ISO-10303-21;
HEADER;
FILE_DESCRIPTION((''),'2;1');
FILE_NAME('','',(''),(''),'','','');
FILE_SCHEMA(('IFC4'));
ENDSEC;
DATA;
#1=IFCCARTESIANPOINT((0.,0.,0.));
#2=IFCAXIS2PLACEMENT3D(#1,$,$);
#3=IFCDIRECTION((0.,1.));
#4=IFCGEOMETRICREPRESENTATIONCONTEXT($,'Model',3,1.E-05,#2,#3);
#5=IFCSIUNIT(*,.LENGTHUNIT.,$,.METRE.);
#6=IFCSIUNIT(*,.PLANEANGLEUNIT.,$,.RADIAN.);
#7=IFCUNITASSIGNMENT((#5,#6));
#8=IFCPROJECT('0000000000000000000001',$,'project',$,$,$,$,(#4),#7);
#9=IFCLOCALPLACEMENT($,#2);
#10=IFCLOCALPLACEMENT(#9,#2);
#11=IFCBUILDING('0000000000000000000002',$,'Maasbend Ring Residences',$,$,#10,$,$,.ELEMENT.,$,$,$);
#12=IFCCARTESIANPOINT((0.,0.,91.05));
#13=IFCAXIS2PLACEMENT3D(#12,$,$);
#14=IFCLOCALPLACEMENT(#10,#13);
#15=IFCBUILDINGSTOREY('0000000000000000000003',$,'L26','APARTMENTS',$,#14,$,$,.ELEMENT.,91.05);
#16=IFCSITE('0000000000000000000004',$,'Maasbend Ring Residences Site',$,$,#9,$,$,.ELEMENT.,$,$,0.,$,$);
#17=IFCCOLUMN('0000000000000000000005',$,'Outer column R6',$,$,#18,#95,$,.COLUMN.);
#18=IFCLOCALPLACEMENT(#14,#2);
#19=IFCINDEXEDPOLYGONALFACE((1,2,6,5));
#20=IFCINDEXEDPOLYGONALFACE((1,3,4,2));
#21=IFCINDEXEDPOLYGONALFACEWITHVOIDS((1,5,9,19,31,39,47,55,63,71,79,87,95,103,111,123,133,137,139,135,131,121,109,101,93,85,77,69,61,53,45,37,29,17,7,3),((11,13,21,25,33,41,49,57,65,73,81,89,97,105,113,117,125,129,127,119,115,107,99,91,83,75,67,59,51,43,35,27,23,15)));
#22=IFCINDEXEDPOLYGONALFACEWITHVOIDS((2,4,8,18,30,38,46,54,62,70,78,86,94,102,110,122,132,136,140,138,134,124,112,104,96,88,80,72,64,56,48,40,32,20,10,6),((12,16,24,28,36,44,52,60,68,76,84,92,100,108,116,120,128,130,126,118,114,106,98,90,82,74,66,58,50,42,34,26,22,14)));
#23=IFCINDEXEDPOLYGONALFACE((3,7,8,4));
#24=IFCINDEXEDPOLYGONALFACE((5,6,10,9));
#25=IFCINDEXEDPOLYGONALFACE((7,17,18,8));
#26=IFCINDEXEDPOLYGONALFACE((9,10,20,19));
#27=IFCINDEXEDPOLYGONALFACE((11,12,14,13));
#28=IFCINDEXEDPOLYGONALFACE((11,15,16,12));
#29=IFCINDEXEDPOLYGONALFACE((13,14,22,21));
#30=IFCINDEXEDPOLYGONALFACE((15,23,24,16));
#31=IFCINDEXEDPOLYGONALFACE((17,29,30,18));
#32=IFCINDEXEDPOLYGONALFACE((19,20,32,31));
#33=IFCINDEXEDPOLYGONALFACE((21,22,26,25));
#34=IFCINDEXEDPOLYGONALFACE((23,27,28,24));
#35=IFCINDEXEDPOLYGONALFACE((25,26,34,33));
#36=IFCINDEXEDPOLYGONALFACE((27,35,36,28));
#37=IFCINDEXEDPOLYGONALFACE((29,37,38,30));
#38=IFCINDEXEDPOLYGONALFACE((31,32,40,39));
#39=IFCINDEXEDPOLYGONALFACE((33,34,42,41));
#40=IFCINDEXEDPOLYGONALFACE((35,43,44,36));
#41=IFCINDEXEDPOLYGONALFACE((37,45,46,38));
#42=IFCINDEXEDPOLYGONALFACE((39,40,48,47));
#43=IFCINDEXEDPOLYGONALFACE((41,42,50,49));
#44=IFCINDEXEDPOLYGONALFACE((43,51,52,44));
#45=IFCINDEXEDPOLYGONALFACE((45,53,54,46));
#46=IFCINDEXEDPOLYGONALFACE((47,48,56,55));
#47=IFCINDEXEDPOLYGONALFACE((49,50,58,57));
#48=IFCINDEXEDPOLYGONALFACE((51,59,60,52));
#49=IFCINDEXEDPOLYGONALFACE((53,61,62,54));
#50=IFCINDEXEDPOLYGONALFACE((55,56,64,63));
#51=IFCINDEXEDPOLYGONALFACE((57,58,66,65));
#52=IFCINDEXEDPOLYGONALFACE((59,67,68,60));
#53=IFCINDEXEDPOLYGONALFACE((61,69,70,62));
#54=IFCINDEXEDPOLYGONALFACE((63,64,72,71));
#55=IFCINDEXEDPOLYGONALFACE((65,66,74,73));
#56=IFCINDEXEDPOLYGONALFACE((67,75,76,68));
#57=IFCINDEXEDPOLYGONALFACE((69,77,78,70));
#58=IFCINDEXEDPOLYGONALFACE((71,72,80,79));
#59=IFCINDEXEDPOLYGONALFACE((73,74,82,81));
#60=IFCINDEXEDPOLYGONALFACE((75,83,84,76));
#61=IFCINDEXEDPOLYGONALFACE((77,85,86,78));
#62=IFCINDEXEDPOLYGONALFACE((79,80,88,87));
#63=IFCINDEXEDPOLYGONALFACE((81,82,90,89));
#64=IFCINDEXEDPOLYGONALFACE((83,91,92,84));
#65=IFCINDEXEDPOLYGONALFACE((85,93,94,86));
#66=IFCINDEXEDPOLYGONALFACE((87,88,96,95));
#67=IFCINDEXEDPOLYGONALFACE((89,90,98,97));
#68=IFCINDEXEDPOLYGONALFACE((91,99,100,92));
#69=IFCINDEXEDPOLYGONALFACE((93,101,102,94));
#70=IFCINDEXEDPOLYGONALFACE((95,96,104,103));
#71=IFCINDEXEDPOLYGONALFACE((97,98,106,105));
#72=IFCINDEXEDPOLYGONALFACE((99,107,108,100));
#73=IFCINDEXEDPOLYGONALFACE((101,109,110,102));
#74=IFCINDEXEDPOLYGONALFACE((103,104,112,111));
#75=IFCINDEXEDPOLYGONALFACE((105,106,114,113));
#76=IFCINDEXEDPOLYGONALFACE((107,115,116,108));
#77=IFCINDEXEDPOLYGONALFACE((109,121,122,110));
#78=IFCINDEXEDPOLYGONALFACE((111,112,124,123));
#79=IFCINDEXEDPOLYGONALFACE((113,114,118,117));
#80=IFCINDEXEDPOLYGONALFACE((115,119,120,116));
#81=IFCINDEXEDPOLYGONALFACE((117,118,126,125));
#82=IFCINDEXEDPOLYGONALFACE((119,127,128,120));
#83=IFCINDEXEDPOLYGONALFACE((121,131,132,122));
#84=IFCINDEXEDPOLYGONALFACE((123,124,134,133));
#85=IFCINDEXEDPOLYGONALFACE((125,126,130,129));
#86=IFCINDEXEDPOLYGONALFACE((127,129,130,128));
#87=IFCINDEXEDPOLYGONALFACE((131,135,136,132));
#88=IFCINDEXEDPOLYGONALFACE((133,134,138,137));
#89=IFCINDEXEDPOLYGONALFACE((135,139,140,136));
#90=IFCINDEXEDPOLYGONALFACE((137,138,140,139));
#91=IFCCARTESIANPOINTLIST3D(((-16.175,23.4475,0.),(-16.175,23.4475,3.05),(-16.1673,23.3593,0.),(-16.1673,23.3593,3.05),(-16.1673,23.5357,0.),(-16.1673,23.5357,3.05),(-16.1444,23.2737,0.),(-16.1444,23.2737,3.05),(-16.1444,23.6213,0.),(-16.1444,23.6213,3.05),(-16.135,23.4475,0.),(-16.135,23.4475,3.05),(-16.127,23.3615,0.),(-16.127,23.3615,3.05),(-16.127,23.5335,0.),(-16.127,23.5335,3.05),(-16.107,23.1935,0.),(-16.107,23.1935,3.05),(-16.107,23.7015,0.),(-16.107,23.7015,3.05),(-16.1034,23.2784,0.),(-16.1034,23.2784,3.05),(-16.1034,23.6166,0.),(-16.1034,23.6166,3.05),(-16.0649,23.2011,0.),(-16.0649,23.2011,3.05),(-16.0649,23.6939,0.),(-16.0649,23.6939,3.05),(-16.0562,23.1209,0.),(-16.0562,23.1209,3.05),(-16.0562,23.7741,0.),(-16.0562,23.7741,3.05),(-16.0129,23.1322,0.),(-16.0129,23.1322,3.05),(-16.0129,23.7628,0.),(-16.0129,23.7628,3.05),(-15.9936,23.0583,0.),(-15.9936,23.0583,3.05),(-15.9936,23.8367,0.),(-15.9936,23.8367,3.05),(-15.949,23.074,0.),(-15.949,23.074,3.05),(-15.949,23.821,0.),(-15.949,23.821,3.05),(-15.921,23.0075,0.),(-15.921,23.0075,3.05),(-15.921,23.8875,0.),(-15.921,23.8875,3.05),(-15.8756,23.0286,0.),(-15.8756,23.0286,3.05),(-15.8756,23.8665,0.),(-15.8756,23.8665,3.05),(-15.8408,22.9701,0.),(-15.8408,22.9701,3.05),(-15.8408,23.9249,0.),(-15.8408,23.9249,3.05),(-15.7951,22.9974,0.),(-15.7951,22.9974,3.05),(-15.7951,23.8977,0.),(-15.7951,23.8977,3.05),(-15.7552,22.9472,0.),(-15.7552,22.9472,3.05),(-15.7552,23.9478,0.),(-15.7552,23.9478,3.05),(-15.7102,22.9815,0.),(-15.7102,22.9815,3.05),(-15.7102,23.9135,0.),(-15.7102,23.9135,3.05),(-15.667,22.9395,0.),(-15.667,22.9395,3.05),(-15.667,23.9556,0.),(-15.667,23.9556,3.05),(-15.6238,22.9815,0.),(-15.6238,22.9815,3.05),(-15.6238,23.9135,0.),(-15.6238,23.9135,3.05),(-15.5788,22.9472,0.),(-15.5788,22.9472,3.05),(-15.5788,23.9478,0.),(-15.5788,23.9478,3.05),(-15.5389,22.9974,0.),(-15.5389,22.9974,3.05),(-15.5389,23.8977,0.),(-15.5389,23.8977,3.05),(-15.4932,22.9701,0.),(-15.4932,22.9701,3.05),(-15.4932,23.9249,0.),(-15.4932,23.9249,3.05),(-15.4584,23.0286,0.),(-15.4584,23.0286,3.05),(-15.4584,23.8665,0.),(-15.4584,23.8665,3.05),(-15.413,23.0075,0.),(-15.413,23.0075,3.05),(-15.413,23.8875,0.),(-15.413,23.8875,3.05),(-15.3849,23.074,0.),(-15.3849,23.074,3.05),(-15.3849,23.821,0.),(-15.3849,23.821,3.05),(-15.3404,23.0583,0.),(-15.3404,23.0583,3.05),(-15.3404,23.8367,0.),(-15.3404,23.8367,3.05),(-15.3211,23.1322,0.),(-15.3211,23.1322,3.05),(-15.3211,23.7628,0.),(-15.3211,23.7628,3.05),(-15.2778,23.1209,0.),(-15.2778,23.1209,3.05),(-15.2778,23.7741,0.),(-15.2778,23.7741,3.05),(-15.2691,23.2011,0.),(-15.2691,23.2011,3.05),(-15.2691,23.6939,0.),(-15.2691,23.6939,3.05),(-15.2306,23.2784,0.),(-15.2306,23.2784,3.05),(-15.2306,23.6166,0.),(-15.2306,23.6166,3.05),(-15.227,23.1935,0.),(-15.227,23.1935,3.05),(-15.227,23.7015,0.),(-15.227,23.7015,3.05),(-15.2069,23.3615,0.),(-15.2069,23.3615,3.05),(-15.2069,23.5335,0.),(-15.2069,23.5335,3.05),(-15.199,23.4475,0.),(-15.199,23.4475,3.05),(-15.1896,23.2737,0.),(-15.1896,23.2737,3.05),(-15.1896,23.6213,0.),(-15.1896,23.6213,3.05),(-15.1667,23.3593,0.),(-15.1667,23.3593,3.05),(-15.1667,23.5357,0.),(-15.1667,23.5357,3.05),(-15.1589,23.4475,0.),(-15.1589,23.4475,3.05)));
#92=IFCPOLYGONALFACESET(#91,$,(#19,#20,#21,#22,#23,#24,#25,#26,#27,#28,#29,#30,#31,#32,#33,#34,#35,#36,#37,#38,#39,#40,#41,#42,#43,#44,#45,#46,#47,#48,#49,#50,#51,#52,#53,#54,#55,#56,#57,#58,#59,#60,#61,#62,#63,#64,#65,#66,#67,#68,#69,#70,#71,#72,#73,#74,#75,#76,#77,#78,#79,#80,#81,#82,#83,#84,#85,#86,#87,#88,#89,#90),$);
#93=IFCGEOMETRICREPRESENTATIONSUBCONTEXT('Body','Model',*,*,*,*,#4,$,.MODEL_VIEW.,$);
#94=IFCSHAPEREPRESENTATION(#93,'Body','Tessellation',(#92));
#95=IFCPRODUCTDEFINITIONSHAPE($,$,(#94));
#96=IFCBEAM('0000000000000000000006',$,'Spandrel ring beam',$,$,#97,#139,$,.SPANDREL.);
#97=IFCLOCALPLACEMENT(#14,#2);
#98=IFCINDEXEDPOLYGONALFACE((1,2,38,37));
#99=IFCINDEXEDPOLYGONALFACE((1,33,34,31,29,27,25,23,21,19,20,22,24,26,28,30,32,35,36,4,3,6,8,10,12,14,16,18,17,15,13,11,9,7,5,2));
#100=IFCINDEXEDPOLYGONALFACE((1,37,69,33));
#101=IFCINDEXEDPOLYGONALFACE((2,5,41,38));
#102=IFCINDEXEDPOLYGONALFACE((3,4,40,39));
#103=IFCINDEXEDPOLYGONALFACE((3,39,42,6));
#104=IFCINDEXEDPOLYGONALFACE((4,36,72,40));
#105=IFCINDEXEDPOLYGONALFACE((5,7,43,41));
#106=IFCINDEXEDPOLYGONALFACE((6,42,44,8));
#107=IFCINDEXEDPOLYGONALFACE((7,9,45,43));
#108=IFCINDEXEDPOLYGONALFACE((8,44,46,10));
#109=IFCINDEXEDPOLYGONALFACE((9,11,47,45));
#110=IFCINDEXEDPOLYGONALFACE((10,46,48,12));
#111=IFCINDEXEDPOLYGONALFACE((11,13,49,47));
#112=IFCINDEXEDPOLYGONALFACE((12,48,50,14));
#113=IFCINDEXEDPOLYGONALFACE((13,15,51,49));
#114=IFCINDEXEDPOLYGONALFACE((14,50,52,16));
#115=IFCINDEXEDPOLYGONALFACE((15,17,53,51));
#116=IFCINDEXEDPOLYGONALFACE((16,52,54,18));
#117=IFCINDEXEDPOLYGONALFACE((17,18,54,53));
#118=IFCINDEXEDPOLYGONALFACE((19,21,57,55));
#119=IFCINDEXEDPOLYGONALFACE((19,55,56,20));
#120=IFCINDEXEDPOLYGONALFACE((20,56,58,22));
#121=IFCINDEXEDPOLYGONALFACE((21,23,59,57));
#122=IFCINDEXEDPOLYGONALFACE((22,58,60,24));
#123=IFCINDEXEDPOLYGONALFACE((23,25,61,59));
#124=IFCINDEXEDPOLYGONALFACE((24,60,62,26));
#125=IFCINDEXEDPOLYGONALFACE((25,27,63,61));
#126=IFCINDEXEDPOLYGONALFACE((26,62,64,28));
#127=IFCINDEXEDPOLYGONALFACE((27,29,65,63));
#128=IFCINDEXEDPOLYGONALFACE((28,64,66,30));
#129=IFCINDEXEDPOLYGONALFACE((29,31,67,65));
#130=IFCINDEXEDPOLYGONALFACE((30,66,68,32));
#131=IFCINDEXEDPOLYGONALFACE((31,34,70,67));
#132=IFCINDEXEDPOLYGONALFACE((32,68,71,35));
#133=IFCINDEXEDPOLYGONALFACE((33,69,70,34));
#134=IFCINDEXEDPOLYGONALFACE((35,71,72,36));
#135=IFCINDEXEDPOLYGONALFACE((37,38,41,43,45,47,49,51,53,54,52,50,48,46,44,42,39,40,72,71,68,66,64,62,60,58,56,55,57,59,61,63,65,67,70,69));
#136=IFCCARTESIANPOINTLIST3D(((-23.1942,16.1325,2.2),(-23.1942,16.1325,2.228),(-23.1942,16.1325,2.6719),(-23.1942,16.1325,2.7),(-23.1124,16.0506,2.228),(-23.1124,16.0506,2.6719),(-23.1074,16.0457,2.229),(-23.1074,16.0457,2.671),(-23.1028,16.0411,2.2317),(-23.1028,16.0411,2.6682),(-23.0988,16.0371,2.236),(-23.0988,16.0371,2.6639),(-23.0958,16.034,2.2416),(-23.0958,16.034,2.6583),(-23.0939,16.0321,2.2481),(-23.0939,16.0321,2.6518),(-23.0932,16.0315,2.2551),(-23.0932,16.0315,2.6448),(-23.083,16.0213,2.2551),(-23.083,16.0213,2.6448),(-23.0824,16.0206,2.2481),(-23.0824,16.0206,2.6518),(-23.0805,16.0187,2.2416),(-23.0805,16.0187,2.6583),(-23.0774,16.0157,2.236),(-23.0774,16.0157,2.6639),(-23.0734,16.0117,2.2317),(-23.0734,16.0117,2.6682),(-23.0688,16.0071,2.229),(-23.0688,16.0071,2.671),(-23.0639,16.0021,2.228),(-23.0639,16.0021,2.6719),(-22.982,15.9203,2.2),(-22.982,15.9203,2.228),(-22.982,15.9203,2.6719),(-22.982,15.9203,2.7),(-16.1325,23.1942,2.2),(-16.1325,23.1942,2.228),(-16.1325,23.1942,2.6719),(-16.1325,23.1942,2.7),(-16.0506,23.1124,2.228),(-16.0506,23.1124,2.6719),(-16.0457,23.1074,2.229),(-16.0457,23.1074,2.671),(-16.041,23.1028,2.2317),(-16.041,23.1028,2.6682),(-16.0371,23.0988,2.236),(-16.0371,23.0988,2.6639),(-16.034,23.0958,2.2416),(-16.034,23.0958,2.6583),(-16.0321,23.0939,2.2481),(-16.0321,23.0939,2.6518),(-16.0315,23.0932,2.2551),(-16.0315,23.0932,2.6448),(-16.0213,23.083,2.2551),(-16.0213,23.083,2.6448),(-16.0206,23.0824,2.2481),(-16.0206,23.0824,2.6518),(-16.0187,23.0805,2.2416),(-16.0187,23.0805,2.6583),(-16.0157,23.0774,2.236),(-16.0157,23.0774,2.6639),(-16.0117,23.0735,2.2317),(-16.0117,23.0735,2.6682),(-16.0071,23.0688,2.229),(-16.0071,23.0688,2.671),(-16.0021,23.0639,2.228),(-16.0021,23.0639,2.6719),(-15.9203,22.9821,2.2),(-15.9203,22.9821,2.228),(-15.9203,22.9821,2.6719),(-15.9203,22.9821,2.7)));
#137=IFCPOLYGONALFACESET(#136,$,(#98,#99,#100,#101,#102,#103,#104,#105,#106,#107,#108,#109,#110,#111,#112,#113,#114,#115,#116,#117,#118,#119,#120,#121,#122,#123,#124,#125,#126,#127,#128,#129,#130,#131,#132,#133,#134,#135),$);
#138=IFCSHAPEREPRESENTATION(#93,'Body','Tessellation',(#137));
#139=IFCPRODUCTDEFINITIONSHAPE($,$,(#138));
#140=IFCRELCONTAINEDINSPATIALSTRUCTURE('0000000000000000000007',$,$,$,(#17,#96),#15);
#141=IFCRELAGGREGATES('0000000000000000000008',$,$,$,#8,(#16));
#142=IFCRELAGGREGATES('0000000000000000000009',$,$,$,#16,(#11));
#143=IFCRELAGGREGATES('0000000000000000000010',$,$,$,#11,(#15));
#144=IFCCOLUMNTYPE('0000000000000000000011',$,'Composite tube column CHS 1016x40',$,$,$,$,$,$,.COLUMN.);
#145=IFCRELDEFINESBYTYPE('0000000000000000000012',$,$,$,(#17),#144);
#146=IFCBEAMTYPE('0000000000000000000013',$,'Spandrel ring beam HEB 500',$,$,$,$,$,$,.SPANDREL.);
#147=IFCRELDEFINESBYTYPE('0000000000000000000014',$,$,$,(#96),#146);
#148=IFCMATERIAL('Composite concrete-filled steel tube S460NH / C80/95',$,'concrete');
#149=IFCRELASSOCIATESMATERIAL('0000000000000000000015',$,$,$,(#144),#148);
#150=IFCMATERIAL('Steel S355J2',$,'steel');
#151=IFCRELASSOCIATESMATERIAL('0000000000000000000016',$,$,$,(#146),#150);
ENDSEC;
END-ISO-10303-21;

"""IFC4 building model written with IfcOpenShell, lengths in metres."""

from ifc_helpers import new_model, si_unit, direction, frame, origin, origin_2d, place, context, subcontext, project, spatial, hollow_circle, i_section, extrude, material, material_profile, profile_set, type_object, element, save


model = new_model("IFC4")

# Units and contexts
model_context = context("Model", 3, precision=1e-05, world=origin(), true_north=direction((0.0, 1.0)))
body_context = subcontext(model_context, "Body", "Model", "MODEL_VIEW")
ifc_project = project(units=[si_unit("LENGTHUNIT", "METRE"), si_unit("PLANEANGLEUNIT", "RADIAN")], contexts=[model_context])

# Site, building, storey
site_placement = place(None, origin())
site = spatial("IfcSite", under=ifc_project, at=site_placement, Name="Maasbend Ring Residences Site", CompositionType="ELEMENT", RefElevation=0.0)
building_placement = place(site_placement, origin())
building = spatial("IfcBuilding", under=site, at=building_placement, Name="Maasbend Ring Residences", CompositionType="ELEMENT")
storey_placement = place(building_placement, frame((0.0, 0.0, 91.05)))
storey = spatial("IfcBuildingStorey", under=building, at=storey_placement, Name="L26", Description="APARTMENTS", CompositionType="ELEMENT", Elevation=91.05)

# Column
ifc_material_1 = material(Name="Composite concrete-filled steel tube S460NH / C80/95", Category="concrete")
ifc_material_profile_1 = material_profile(ifc_material_1, hollow_circle(Radius=0.5081, WallThickness=0.04, at=origin_2d()), Name="Composite tube column CHS 1016x40")
ifc_profile_set_1 = profile_set([ifc_material_profile_1], Name="Composite concrete-filled steel tube S460NH / C80/95")
column_type = type_object("IfcColumnType", Name="Composite tube column CHS 1016x40", PredefinedType="COLUMN", material=ifc_profile_set_1)
column_placement = place(storey_placement, frame((-15.667, 23.4475, 0.0), z_axis=(0.0, 0.0, 1.0), x_axis=(1.0, 0.0, 0.0)))
element("IfcColumn", 1, at=column_placement, inside=storey, type_object=column_type, Name="Outer column R6", PredefinedType="COLUMN", context=body_context, shape_type="SweptSolid", body=[
    extrude(hollow_circle(Radius=0.5081, WallThickness=0.04, at=origin_2d()), origin(), (0.0, 0.0, 1.0), 3.05),
])

# Beam
ifc_material_2 = material(Name="Steel S355J2", Category="steel")
ifc_material_profile_2 = material_profile(ifc_material_2, i_section(OverallWidth=0.3, OverallDepth=0.5, WebThickness=0.0144, FlangeThickness=0.0281, FilletRadius=0.0271, at=origin_2d()), Name="HEB 500")
ifc_profile_set_2 = profile_set([ifc_material_profile_2], Name="Steel S355J2")
beam_type = type_object("IfcBeamType", Name="Spandrel ring beam HEB 500", PredefinedType="SPANDREL", material=ifc_profile_set_2)
beam_placement = place(storey_placement, frame((-16.0264, 23.0881, 2.45), z_axis=(-0.707107, -0.707107, 0.0), x_axis=(0.707107, -0.707107, 0.0)))
element("IfcBeam", 2, at=beam_placement, inside=storey, type_object=beam_type, Name="Spandrel ring beam", PredefinedType="SPANDREL", context=body_context, shape_type="SweptSolid", body=[
    extrude(i_section(OverallWidth=0.3, OverallDepth=0.5, WebThickness=0.0144, FlangeThickness=0.0281, FilletRadius=0.0271, at=origin_2d()), origin(), (0.0, 0.0, 1.0), 9.9868),
])

save(model, "model.ifc")
